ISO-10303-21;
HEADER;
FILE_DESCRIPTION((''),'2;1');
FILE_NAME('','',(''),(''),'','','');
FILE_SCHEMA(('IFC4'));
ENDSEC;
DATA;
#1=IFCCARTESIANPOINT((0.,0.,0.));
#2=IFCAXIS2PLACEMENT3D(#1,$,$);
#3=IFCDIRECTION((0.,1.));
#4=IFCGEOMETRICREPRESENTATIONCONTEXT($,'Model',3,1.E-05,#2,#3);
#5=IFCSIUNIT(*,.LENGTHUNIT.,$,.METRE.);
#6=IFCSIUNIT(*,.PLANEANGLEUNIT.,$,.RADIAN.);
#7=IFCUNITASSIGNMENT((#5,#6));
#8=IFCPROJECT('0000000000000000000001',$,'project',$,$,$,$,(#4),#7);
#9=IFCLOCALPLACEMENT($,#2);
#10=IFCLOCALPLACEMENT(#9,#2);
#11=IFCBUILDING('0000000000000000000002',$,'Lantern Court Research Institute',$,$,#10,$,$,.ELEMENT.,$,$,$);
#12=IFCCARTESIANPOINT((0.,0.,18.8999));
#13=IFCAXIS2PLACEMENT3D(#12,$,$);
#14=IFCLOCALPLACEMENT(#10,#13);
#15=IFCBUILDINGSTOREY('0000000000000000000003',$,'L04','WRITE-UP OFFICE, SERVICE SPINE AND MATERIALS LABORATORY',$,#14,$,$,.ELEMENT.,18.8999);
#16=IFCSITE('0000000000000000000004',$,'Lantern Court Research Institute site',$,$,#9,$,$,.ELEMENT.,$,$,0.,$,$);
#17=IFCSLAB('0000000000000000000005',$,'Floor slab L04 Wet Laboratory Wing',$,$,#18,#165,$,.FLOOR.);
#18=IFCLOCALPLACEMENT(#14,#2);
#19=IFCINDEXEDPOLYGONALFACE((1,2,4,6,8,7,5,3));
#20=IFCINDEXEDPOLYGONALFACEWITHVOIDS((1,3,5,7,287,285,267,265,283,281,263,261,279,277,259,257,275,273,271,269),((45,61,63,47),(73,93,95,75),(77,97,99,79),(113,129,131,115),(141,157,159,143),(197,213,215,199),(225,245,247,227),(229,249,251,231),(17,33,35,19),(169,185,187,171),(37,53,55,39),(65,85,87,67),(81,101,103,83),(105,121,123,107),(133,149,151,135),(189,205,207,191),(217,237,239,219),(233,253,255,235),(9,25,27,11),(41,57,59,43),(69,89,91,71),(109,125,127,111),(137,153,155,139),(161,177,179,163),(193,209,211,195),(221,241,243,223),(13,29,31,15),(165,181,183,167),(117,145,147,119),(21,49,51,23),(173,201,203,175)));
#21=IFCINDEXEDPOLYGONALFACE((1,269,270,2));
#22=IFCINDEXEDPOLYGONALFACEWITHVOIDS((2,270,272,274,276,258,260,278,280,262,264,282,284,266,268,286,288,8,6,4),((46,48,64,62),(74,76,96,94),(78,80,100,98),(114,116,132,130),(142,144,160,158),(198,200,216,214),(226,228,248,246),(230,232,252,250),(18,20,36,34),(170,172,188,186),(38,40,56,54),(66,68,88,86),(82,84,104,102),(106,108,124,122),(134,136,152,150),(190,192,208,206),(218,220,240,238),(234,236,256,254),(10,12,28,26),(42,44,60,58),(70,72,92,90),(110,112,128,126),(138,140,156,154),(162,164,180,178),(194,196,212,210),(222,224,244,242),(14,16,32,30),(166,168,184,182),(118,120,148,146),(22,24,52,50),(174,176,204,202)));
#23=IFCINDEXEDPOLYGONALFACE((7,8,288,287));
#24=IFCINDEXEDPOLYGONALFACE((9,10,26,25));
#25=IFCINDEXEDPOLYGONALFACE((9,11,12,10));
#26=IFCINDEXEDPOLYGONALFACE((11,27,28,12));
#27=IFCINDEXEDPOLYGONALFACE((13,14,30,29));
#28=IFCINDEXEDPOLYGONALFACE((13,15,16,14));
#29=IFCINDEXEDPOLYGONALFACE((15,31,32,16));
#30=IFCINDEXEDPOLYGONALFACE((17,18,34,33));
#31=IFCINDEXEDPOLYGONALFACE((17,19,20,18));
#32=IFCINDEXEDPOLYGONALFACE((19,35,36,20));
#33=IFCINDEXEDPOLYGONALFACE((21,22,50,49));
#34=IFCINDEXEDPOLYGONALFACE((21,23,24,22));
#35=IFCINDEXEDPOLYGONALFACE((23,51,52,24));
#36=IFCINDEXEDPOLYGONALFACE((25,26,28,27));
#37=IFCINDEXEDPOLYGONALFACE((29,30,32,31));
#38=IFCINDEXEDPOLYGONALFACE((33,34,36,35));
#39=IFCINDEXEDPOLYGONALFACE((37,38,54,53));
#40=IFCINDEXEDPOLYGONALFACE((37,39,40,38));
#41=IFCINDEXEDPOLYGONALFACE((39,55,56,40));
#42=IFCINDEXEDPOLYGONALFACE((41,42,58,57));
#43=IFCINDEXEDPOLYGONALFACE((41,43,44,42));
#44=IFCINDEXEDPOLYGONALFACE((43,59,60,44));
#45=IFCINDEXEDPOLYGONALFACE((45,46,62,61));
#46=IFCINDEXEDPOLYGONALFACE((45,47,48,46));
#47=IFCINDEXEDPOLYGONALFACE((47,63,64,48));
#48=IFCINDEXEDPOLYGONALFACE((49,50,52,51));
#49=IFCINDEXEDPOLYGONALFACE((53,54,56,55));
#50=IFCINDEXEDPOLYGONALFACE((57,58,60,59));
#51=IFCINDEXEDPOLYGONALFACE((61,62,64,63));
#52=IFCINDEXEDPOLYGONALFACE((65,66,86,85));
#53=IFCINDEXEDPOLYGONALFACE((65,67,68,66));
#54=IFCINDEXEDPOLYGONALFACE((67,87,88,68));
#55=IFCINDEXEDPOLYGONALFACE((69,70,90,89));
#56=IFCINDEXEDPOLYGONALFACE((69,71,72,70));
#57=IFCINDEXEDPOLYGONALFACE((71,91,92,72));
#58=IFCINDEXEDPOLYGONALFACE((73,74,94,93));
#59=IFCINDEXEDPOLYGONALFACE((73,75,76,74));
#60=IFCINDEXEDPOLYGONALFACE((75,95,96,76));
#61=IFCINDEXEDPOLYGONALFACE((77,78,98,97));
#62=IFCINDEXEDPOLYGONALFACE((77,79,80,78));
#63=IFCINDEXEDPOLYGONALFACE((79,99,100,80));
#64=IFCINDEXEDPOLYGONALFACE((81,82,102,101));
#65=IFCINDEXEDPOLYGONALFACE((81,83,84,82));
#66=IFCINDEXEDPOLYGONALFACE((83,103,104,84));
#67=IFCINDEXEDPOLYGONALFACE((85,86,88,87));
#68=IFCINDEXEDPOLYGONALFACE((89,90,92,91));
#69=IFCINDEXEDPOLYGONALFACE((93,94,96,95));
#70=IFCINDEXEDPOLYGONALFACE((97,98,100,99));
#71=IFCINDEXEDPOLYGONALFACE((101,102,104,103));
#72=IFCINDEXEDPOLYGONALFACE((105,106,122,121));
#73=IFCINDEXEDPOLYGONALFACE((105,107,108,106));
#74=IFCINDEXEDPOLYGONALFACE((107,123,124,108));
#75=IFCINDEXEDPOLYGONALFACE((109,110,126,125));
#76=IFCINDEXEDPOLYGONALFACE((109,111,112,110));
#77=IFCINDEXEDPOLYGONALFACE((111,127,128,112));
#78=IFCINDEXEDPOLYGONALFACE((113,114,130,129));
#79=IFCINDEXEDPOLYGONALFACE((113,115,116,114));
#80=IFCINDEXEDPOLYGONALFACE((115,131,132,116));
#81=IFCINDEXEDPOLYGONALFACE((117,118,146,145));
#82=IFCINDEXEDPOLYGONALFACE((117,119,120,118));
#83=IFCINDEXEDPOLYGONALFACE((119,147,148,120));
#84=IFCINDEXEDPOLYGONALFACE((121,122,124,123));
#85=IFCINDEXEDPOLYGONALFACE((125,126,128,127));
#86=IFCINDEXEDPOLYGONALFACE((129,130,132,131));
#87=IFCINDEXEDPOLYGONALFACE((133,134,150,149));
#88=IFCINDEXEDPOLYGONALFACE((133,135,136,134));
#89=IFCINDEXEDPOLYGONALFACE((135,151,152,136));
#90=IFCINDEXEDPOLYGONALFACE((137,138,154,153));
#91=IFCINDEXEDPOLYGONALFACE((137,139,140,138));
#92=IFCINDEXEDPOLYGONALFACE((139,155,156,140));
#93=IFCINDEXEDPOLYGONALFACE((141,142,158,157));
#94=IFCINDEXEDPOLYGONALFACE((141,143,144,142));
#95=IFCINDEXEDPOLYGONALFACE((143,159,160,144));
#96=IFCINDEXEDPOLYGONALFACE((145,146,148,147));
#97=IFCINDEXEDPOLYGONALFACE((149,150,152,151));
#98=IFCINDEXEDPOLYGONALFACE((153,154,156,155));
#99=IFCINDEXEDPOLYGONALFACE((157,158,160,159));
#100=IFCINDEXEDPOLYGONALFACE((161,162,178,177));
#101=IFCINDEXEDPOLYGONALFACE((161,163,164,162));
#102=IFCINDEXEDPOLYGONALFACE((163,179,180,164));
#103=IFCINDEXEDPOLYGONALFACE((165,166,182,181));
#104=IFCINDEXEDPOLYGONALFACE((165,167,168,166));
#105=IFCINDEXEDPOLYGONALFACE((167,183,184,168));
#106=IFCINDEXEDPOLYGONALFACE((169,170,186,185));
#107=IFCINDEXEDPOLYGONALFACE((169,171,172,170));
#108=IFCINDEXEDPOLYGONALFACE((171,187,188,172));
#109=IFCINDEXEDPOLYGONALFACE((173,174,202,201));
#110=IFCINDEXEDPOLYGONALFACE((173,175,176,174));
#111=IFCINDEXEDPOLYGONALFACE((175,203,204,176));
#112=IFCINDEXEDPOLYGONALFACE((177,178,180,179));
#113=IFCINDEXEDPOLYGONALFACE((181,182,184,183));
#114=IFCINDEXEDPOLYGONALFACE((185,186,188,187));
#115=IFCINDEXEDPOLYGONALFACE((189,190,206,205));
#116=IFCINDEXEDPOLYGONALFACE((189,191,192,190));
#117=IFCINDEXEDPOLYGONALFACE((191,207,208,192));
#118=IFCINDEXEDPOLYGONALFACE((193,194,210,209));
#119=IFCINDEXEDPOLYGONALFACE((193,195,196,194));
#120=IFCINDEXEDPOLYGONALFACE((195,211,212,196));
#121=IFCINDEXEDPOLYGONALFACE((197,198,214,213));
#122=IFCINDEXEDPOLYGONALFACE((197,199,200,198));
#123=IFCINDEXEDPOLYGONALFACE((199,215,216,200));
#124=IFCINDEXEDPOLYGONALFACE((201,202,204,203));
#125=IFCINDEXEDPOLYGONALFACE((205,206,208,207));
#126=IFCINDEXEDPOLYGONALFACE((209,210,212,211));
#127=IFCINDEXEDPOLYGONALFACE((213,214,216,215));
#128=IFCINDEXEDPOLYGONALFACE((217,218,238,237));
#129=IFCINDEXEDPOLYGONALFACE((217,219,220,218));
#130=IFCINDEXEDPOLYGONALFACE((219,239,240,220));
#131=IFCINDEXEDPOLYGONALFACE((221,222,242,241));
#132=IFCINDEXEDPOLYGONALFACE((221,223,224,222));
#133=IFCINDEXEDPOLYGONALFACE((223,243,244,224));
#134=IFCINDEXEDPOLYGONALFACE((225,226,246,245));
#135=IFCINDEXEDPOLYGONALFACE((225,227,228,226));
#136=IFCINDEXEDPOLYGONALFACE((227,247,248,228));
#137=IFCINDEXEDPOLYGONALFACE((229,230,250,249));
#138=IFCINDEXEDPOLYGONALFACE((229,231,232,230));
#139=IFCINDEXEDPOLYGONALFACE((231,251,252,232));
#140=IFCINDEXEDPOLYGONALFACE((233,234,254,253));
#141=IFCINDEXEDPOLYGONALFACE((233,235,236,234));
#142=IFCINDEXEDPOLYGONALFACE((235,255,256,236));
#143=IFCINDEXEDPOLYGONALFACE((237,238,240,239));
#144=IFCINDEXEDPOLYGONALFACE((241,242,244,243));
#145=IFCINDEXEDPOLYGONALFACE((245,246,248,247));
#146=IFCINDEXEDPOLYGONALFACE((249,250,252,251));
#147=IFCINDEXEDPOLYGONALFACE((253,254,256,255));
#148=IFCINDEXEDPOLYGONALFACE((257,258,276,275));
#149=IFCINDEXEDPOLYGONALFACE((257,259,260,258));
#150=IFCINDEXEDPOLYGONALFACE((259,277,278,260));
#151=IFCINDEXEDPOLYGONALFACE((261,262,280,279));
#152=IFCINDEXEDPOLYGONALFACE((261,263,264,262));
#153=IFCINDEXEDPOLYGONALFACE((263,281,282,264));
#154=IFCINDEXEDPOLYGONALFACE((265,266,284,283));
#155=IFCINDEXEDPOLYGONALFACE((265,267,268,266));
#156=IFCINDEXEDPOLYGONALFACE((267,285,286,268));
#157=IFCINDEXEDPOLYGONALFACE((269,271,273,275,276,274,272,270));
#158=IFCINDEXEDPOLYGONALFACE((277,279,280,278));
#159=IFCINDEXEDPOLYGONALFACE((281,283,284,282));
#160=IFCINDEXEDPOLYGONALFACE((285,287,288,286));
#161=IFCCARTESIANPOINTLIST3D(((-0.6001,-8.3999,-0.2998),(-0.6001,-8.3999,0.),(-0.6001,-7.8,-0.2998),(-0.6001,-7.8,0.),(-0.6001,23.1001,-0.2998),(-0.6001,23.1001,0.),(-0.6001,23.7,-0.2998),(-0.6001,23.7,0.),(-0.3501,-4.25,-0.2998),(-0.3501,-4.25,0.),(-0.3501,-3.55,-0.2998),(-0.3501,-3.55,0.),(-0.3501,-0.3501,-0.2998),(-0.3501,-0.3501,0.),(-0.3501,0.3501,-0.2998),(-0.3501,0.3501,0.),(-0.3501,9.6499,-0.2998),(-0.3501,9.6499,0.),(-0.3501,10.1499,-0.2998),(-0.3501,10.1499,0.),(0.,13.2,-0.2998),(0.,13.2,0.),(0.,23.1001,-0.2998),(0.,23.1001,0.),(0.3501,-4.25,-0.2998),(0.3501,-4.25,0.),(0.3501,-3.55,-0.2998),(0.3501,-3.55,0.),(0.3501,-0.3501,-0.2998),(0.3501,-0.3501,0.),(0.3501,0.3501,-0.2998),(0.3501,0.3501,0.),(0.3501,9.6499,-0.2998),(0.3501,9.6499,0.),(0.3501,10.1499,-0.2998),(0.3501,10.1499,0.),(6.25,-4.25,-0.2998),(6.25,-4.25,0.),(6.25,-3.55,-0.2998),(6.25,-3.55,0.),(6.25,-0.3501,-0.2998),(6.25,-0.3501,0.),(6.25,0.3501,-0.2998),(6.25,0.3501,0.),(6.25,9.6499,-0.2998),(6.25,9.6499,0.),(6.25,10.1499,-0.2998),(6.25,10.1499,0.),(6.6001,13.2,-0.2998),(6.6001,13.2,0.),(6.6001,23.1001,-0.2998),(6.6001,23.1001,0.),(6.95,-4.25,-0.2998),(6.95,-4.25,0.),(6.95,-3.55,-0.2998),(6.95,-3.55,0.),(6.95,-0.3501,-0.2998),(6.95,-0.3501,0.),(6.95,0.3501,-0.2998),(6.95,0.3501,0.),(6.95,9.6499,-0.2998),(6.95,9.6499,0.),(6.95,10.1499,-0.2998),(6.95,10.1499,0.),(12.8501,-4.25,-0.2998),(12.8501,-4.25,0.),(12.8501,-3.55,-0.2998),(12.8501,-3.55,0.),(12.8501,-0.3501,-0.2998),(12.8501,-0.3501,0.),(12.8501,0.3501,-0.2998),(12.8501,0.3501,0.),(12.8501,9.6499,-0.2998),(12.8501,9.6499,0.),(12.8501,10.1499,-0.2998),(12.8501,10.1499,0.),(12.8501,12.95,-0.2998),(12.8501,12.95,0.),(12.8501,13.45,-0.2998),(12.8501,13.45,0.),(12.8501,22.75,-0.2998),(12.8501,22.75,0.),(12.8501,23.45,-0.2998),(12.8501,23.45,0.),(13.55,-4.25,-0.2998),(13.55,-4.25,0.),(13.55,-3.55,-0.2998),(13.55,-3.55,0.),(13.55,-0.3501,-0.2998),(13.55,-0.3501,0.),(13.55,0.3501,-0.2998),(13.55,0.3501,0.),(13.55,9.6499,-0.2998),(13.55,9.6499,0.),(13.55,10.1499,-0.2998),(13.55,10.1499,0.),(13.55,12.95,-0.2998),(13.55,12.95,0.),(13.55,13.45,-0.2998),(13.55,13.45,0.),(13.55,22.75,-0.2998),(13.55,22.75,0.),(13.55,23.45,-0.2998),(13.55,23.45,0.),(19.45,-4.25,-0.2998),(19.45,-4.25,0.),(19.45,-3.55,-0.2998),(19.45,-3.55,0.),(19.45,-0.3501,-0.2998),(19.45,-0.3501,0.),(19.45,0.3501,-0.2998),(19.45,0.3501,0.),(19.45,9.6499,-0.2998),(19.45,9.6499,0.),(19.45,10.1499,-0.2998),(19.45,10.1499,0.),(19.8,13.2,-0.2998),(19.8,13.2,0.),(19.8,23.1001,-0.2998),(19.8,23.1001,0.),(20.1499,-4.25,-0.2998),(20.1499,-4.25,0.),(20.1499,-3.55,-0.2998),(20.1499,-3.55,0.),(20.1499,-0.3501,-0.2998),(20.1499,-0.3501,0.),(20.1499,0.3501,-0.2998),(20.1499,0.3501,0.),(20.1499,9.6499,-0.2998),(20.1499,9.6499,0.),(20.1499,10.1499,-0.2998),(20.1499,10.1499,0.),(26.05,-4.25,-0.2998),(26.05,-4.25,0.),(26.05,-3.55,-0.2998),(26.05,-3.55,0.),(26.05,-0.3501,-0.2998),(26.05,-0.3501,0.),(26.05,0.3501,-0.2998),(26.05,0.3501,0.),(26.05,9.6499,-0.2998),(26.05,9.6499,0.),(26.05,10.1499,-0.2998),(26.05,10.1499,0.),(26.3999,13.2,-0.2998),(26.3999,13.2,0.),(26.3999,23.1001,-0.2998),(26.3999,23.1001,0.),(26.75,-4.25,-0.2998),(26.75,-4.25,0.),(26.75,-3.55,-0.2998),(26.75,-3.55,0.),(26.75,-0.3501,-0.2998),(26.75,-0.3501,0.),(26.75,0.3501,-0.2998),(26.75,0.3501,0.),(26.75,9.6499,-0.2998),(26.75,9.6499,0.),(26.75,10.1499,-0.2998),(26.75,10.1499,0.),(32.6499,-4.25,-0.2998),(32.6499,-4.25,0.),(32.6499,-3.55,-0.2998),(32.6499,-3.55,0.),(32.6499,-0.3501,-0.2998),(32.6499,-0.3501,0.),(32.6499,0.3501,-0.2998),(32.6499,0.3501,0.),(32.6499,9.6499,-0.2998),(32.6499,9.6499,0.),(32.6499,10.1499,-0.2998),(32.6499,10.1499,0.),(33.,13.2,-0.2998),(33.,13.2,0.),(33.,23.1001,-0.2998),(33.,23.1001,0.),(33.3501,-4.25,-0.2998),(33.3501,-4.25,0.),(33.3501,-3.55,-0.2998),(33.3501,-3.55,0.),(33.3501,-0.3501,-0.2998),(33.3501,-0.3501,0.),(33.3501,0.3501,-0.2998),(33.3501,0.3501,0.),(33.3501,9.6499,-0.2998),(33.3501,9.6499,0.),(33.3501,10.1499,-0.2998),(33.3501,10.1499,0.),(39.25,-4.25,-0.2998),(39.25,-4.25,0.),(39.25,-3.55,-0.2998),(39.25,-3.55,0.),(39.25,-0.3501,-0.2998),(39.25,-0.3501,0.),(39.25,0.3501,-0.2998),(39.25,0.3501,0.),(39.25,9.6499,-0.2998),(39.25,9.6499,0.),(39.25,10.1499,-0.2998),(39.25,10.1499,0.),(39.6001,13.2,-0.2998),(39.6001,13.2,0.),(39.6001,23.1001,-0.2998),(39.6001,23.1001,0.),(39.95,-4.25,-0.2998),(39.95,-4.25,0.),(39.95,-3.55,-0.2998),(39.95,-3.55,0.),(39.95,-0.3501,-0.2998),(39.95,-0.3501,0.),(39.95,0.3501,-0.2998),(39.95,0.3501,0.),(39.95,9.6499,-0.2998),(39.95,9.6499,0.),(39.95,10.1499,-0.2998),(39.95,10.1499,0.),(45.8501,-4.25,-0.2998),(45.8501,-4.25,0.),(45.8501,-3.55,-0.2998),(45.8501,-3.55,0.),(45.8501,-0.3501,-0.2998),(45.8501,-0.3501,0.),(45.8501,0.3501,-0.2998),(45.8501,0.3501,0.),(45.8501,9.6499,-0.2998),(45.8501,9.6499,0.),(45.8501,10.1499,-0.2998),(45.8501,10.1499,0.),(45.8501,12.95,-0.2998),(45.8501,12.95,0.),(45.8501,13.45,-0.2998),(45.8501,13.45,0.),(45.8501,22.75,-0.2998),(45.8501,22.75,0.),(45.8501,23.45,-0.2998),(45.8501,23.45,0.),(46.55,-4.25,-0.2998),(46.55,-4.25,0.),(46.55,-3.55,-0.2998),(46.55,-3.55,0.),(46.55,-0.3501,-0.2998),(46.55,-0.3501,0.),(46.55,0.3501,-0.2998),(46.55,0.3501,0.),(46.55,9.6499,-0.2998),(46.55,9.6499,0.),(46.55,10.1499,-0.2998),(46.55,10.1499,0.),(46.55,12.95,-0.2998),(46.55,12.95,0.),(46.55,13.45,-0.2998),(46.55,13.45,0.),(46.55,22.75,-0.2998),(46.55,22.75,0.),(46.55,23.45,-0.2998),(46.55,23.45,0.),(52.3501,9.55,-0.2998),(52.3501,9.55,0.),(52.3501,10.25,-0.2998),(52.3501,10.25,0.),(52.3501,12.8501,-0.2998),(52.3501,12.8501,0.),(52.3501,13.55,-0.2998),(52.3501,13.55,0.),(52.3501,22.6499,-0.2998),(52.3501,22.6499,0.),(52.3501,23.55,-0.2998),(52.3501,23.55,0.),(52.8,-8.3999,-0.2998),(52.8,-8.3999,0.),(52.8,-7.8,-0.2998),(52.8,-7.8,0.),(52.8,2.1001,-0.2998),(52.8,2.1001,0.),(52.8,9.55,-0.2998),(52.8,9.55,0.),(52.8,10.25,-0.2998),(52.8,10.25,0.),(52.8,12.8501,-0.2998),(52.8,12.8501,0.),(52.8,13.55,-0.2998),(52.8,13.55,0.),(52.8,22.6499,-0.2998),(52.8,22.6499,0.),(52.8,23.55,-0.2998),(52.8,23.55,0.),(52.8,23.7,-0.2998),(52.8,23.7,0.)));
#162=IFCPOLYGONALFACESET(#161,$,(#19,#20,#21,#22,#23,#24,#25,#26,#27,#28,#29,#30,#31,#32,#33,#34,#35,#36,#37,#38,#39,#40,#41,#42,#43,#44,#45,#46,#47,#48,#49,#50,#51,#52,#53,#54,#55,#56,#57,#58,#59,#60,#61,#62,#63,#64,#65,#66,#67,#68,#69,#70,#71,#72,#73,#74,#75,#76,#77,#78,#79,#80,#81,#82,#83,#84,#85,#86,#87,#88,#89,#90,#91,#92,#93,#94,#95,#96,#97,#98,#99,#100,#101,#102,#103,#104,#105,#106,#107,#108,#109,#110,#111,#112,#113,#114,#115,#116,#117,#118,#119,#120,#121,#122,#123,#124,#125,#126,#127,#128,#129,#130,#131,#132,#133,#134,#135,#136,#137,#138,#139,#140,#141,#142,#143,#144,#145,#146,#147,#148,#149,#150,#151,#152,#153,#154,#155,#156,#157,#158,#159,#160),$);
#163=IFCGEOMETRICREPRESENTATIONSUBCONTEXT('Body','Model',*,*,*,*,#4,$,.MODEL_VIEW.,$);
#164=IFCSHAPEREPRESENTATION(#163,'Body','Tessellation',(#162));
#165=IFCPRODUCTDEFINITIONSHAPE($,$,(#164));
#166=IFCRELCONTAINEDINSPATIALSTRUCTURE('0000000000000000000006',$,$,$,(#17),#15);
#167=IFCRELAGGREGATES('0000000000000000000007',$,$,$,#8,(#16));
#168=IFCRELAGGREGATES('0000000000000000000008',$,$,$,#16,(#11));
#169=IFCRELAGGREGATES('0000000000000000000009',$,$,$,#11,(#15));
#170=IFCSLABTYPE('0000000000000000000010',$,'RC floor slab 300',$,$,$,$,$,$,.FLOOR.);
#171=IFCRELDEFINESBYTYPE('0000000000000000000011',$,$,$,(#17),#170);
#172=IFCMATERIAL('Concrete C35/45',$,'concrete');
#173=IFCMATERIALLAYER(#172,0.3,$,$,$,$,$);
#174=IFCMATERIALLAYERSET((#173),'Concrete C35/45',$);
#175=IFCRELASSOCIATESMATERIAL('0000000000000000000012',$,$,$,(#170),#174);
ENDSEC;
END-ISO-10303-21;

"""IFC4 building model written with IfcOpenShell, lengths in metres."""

from ifc_helpers import new_model, si_unit, direction, frame, origin, place, context, subcontext, project, spatial, polyline, outline, extrude, material, layer, layer_set, type_object, element, save


model = new_model("IFC4")

# Units and contexts
model_context = context("Model", 3, precision=1e-05, world=origin(), true_north=direction((0.0, 1.0)))
body_context = subcontext(model_context, "Body", "Model", "MODEL_VIEW")
ifc_project = project(units=[si_unit("LENGTHUNIT", "METRE"), si_unit("PLANEANGLEUNIT", "RADIAN")], contexts=[model_context])

# Site, building, storey
site_placement = place(None, origin())
site = spatial("IfcSite", under=ifc_project, at=site_placement, Name="Lantern Court Research Institute site", CompositionType="ELEMENT", RefElevation=0.0)
building_placement = place(site_placement, origin())
building = spatial("IfcBuilding", under=site, at=building_placement, Name="Lantern Court Research Institute", CompositionType="ELEMENT")
storey_placement = place(building_placement, frame((0.0, 0.0, 18.8999)))
storey = spatial("IfcBuildingStorey", under=building, at=storey_placement, Name="L04", Description="WRITE-UP OFFICE, SERVICE SPINE AND MATERIALS LABORATORY", CompositionType="ELEMENT", Elevation=18.8999)

# Slab
ifc_material_1 = material(Name="Concrete C35/45", Category="concrete")
ifc_layer_1 = layer(ifc_material_1, 0.3)
ifc_layer_set_1 = layer_set([ifc_layer_1], Name="Concrete C35/45")
slab_type_1 = type_object("IfcSlabType", Name="RC floor slab 300", PredefinedType="FLOOR", material=ifc_layer_set_1)
slab_1_placement = place(storey_placement, frame((0.0, 0.0, -0.2998)))
element("IfcSlab", 1, at=slab_1_placement, inside=storey, type_object=slab_type_1, Name="Floor slab L04 Wet Laboratory Wing", PredefinedType="FLOOR", context=body_context, shape_type="SweptSolid", body=[
    extrude(outline(polyline([(-0.6001, -7.8), (-0.6001, -8.3999), (52.8, -8.3999), (52.8, -7.8), (52.8, 2.1001), (52.8, 9.55), (52.3501, 9.55), (52.3501, 10.25), (52.8, 10.25), (52.8, 12.8501), (52.3501, 12.8501), (52.3501, 13.55), (52.8, 13.55), (52.8, 22.6499), (52.3501, 22.6499), (52.3501, 23.55), (52.8, 23.55), (52.8, 23.7), (-0.6001, 23.7), (-0.6001, 23.1001), (-0.6001, -7.8)]), holes=[polyline([(0.3501, -4.25), (-0.3501, -4.25), (-0.3501, -3.55), (0.3501, -3.55), (0.3501, -4.25)]), polyline([(26.75, -4.25), (26.05, -4.25), (26.05, -3.55), (26.75, -3.55), (26.75, -4.25)]), polyline([(6.95, -4.25), (6.25, -4.25), (6.25, -3.55), (6.95, -3.55), (6.95, -4.25)]), polyline([(20.1499, -4.25), (19.45, -4.25), (19.45, -3.55), (20.1499, -3.55), (20.1499, -4.25)]), polyline([(13.55, -4.25), (12.8501, -4.25), (12.8501, -3.55), (13.55, -3.55), (13.55, -4.25)]), polyline([(0.3501, -0.3501), (-0.3501, -0.3501), (-0.3501, 0.3501), (0.3501, 0.3501), (0.3501, -0.3501)]), polyline([(26.75, -0.3501), (26.05, -0.3501), (26.05, 0.3501), (26.75, 0.3501), (26.75, -0.3501)]), polyline([(19.45, -0.3501), (19.45, 0.3501), (20.1499, 0.3501), (20.1499, -0.3501), (19.45, -0.3501)]), polyline([(12.8501, -0.3501), (12.8501, 0.3501), (13.55, 0.3501), (13.55, -0.3501), (12.8501, -0.3501)]), polyline([(6.95, -0.3501), (6.25, -0.3501), (6.25, 0.3501), (6.95, 0.3501), (6.95, -0.3501)]), polyline([(6.95, 9.6499), (6.25, 9.6499), (6.25, 10.1499), (6.95, 10.1499), (6.95, 9.6499)]), polyline([(13.55, 9.6499), (12.8501, 9.6499), (12.8501, 10.1499), (13.55, 10.1499), (13.55, 9.6499)]), polyline([(19.45, 9.6499), (19.45, 10.1499), (20.1499, 10.1499), (20.1499, 9.6499), (19.45, 9.6499)]), polyline([(26.05, 9.6499), (26.05, 10.1499), (26.75, 10.1499), (26.75, 9.6499), (26.05, 9.6499)]), polyline([(0.3501, 9.6499), (-0.3501, 9.6499), (-0.3501, 10.1499), (0.3501, 10.1499), (0.3501, 9.6499)]), polyline([(13.55, 12.95), (12.8501, 12.95), (12.8501, 13.45), (13.55, 13.45), (13.55, 12.95)]), polyline([(26.3999, 13.2), (19.8, 13.2), (19.8, 23.1001), (26.3999, 23.1001), (26.3999, 13.2)]), polyline([(0.0, 13.2), (0.0, 23.1001), (6.6001, 23.1001), (6.6001, 13.2), (0.0, 13.2)]), polyline([(12.8501, 22.75), (12.8501, 23.45), (13.55, 23.45), (13.55, 22.75), (12.8501, 22.75)]), polyline([(33.3501, -4.25), (32.6499, -4.25), (32.6499, -3.55), (33.3501, -3.55), (33.3501, -4.25)]), polyline([(39.95, -4.25), (39.25, -4.25), (39.25, -3.55), (39.95, -3.55), (39.95, -4.25)]), polyline([(45.8501, -4.25), (45.8501, -3.55), (46.55, -3.55), (46.55, -4.25), (45.8501, -4.25)]), polyline([(33.3501, -0.3501), (32.6499, -0.3501), (32.6499, 0.3501), (33.3501, 0.3501), (33.3501, -0.3501)]), polyline([(39.95, -0.3501), (39.25, -0.3501), (39.25, 0.3501), (39.95, 0.3501), (39.95, -0.3501)]), polyline([(46.55, -0.3501), (45.8501, -0.3501), (45.8501, 0.3501), (46.55, 0.3501), (46.55, -0.3501)]), polyline([(32.6499, 9.6499), (32.6499, 10.1499), (33.3501, 10.1499), (33.3501, 9.6499), (32.6499, 9.6499)]), polyline([(39.25, 9.6499), (39.25, 10.1499), (39.95, 10.1499), (39.95, 9.6499), (39.25, 9.6499)]), polyline([(46.55, 9.6499), (45.8501, 9.6499), (45.8501, 10.1499), (46.55, 10.1499), (46.55, 9.6499)]), polyline([(46.55, 12.95), (45.8501, 12.95), (45.8501, 13.45), (46.55, 13.45), (46.55, 12.95)]), polyline([(39.6001, 13.2), (33.0, 13.2), (33.0, 23.1001), (39.6001, 23.1001), (39.6001, 13.2)]), polyline([(46.55, 22.75), (45.8501, 22.75), (45.8501, 23.45), (46.55, 23.45), (46.55, 22.75)])]), origin(), (0.0, 0.0, 1.0), 0.2998),
])

save(model, "model.ifc")
